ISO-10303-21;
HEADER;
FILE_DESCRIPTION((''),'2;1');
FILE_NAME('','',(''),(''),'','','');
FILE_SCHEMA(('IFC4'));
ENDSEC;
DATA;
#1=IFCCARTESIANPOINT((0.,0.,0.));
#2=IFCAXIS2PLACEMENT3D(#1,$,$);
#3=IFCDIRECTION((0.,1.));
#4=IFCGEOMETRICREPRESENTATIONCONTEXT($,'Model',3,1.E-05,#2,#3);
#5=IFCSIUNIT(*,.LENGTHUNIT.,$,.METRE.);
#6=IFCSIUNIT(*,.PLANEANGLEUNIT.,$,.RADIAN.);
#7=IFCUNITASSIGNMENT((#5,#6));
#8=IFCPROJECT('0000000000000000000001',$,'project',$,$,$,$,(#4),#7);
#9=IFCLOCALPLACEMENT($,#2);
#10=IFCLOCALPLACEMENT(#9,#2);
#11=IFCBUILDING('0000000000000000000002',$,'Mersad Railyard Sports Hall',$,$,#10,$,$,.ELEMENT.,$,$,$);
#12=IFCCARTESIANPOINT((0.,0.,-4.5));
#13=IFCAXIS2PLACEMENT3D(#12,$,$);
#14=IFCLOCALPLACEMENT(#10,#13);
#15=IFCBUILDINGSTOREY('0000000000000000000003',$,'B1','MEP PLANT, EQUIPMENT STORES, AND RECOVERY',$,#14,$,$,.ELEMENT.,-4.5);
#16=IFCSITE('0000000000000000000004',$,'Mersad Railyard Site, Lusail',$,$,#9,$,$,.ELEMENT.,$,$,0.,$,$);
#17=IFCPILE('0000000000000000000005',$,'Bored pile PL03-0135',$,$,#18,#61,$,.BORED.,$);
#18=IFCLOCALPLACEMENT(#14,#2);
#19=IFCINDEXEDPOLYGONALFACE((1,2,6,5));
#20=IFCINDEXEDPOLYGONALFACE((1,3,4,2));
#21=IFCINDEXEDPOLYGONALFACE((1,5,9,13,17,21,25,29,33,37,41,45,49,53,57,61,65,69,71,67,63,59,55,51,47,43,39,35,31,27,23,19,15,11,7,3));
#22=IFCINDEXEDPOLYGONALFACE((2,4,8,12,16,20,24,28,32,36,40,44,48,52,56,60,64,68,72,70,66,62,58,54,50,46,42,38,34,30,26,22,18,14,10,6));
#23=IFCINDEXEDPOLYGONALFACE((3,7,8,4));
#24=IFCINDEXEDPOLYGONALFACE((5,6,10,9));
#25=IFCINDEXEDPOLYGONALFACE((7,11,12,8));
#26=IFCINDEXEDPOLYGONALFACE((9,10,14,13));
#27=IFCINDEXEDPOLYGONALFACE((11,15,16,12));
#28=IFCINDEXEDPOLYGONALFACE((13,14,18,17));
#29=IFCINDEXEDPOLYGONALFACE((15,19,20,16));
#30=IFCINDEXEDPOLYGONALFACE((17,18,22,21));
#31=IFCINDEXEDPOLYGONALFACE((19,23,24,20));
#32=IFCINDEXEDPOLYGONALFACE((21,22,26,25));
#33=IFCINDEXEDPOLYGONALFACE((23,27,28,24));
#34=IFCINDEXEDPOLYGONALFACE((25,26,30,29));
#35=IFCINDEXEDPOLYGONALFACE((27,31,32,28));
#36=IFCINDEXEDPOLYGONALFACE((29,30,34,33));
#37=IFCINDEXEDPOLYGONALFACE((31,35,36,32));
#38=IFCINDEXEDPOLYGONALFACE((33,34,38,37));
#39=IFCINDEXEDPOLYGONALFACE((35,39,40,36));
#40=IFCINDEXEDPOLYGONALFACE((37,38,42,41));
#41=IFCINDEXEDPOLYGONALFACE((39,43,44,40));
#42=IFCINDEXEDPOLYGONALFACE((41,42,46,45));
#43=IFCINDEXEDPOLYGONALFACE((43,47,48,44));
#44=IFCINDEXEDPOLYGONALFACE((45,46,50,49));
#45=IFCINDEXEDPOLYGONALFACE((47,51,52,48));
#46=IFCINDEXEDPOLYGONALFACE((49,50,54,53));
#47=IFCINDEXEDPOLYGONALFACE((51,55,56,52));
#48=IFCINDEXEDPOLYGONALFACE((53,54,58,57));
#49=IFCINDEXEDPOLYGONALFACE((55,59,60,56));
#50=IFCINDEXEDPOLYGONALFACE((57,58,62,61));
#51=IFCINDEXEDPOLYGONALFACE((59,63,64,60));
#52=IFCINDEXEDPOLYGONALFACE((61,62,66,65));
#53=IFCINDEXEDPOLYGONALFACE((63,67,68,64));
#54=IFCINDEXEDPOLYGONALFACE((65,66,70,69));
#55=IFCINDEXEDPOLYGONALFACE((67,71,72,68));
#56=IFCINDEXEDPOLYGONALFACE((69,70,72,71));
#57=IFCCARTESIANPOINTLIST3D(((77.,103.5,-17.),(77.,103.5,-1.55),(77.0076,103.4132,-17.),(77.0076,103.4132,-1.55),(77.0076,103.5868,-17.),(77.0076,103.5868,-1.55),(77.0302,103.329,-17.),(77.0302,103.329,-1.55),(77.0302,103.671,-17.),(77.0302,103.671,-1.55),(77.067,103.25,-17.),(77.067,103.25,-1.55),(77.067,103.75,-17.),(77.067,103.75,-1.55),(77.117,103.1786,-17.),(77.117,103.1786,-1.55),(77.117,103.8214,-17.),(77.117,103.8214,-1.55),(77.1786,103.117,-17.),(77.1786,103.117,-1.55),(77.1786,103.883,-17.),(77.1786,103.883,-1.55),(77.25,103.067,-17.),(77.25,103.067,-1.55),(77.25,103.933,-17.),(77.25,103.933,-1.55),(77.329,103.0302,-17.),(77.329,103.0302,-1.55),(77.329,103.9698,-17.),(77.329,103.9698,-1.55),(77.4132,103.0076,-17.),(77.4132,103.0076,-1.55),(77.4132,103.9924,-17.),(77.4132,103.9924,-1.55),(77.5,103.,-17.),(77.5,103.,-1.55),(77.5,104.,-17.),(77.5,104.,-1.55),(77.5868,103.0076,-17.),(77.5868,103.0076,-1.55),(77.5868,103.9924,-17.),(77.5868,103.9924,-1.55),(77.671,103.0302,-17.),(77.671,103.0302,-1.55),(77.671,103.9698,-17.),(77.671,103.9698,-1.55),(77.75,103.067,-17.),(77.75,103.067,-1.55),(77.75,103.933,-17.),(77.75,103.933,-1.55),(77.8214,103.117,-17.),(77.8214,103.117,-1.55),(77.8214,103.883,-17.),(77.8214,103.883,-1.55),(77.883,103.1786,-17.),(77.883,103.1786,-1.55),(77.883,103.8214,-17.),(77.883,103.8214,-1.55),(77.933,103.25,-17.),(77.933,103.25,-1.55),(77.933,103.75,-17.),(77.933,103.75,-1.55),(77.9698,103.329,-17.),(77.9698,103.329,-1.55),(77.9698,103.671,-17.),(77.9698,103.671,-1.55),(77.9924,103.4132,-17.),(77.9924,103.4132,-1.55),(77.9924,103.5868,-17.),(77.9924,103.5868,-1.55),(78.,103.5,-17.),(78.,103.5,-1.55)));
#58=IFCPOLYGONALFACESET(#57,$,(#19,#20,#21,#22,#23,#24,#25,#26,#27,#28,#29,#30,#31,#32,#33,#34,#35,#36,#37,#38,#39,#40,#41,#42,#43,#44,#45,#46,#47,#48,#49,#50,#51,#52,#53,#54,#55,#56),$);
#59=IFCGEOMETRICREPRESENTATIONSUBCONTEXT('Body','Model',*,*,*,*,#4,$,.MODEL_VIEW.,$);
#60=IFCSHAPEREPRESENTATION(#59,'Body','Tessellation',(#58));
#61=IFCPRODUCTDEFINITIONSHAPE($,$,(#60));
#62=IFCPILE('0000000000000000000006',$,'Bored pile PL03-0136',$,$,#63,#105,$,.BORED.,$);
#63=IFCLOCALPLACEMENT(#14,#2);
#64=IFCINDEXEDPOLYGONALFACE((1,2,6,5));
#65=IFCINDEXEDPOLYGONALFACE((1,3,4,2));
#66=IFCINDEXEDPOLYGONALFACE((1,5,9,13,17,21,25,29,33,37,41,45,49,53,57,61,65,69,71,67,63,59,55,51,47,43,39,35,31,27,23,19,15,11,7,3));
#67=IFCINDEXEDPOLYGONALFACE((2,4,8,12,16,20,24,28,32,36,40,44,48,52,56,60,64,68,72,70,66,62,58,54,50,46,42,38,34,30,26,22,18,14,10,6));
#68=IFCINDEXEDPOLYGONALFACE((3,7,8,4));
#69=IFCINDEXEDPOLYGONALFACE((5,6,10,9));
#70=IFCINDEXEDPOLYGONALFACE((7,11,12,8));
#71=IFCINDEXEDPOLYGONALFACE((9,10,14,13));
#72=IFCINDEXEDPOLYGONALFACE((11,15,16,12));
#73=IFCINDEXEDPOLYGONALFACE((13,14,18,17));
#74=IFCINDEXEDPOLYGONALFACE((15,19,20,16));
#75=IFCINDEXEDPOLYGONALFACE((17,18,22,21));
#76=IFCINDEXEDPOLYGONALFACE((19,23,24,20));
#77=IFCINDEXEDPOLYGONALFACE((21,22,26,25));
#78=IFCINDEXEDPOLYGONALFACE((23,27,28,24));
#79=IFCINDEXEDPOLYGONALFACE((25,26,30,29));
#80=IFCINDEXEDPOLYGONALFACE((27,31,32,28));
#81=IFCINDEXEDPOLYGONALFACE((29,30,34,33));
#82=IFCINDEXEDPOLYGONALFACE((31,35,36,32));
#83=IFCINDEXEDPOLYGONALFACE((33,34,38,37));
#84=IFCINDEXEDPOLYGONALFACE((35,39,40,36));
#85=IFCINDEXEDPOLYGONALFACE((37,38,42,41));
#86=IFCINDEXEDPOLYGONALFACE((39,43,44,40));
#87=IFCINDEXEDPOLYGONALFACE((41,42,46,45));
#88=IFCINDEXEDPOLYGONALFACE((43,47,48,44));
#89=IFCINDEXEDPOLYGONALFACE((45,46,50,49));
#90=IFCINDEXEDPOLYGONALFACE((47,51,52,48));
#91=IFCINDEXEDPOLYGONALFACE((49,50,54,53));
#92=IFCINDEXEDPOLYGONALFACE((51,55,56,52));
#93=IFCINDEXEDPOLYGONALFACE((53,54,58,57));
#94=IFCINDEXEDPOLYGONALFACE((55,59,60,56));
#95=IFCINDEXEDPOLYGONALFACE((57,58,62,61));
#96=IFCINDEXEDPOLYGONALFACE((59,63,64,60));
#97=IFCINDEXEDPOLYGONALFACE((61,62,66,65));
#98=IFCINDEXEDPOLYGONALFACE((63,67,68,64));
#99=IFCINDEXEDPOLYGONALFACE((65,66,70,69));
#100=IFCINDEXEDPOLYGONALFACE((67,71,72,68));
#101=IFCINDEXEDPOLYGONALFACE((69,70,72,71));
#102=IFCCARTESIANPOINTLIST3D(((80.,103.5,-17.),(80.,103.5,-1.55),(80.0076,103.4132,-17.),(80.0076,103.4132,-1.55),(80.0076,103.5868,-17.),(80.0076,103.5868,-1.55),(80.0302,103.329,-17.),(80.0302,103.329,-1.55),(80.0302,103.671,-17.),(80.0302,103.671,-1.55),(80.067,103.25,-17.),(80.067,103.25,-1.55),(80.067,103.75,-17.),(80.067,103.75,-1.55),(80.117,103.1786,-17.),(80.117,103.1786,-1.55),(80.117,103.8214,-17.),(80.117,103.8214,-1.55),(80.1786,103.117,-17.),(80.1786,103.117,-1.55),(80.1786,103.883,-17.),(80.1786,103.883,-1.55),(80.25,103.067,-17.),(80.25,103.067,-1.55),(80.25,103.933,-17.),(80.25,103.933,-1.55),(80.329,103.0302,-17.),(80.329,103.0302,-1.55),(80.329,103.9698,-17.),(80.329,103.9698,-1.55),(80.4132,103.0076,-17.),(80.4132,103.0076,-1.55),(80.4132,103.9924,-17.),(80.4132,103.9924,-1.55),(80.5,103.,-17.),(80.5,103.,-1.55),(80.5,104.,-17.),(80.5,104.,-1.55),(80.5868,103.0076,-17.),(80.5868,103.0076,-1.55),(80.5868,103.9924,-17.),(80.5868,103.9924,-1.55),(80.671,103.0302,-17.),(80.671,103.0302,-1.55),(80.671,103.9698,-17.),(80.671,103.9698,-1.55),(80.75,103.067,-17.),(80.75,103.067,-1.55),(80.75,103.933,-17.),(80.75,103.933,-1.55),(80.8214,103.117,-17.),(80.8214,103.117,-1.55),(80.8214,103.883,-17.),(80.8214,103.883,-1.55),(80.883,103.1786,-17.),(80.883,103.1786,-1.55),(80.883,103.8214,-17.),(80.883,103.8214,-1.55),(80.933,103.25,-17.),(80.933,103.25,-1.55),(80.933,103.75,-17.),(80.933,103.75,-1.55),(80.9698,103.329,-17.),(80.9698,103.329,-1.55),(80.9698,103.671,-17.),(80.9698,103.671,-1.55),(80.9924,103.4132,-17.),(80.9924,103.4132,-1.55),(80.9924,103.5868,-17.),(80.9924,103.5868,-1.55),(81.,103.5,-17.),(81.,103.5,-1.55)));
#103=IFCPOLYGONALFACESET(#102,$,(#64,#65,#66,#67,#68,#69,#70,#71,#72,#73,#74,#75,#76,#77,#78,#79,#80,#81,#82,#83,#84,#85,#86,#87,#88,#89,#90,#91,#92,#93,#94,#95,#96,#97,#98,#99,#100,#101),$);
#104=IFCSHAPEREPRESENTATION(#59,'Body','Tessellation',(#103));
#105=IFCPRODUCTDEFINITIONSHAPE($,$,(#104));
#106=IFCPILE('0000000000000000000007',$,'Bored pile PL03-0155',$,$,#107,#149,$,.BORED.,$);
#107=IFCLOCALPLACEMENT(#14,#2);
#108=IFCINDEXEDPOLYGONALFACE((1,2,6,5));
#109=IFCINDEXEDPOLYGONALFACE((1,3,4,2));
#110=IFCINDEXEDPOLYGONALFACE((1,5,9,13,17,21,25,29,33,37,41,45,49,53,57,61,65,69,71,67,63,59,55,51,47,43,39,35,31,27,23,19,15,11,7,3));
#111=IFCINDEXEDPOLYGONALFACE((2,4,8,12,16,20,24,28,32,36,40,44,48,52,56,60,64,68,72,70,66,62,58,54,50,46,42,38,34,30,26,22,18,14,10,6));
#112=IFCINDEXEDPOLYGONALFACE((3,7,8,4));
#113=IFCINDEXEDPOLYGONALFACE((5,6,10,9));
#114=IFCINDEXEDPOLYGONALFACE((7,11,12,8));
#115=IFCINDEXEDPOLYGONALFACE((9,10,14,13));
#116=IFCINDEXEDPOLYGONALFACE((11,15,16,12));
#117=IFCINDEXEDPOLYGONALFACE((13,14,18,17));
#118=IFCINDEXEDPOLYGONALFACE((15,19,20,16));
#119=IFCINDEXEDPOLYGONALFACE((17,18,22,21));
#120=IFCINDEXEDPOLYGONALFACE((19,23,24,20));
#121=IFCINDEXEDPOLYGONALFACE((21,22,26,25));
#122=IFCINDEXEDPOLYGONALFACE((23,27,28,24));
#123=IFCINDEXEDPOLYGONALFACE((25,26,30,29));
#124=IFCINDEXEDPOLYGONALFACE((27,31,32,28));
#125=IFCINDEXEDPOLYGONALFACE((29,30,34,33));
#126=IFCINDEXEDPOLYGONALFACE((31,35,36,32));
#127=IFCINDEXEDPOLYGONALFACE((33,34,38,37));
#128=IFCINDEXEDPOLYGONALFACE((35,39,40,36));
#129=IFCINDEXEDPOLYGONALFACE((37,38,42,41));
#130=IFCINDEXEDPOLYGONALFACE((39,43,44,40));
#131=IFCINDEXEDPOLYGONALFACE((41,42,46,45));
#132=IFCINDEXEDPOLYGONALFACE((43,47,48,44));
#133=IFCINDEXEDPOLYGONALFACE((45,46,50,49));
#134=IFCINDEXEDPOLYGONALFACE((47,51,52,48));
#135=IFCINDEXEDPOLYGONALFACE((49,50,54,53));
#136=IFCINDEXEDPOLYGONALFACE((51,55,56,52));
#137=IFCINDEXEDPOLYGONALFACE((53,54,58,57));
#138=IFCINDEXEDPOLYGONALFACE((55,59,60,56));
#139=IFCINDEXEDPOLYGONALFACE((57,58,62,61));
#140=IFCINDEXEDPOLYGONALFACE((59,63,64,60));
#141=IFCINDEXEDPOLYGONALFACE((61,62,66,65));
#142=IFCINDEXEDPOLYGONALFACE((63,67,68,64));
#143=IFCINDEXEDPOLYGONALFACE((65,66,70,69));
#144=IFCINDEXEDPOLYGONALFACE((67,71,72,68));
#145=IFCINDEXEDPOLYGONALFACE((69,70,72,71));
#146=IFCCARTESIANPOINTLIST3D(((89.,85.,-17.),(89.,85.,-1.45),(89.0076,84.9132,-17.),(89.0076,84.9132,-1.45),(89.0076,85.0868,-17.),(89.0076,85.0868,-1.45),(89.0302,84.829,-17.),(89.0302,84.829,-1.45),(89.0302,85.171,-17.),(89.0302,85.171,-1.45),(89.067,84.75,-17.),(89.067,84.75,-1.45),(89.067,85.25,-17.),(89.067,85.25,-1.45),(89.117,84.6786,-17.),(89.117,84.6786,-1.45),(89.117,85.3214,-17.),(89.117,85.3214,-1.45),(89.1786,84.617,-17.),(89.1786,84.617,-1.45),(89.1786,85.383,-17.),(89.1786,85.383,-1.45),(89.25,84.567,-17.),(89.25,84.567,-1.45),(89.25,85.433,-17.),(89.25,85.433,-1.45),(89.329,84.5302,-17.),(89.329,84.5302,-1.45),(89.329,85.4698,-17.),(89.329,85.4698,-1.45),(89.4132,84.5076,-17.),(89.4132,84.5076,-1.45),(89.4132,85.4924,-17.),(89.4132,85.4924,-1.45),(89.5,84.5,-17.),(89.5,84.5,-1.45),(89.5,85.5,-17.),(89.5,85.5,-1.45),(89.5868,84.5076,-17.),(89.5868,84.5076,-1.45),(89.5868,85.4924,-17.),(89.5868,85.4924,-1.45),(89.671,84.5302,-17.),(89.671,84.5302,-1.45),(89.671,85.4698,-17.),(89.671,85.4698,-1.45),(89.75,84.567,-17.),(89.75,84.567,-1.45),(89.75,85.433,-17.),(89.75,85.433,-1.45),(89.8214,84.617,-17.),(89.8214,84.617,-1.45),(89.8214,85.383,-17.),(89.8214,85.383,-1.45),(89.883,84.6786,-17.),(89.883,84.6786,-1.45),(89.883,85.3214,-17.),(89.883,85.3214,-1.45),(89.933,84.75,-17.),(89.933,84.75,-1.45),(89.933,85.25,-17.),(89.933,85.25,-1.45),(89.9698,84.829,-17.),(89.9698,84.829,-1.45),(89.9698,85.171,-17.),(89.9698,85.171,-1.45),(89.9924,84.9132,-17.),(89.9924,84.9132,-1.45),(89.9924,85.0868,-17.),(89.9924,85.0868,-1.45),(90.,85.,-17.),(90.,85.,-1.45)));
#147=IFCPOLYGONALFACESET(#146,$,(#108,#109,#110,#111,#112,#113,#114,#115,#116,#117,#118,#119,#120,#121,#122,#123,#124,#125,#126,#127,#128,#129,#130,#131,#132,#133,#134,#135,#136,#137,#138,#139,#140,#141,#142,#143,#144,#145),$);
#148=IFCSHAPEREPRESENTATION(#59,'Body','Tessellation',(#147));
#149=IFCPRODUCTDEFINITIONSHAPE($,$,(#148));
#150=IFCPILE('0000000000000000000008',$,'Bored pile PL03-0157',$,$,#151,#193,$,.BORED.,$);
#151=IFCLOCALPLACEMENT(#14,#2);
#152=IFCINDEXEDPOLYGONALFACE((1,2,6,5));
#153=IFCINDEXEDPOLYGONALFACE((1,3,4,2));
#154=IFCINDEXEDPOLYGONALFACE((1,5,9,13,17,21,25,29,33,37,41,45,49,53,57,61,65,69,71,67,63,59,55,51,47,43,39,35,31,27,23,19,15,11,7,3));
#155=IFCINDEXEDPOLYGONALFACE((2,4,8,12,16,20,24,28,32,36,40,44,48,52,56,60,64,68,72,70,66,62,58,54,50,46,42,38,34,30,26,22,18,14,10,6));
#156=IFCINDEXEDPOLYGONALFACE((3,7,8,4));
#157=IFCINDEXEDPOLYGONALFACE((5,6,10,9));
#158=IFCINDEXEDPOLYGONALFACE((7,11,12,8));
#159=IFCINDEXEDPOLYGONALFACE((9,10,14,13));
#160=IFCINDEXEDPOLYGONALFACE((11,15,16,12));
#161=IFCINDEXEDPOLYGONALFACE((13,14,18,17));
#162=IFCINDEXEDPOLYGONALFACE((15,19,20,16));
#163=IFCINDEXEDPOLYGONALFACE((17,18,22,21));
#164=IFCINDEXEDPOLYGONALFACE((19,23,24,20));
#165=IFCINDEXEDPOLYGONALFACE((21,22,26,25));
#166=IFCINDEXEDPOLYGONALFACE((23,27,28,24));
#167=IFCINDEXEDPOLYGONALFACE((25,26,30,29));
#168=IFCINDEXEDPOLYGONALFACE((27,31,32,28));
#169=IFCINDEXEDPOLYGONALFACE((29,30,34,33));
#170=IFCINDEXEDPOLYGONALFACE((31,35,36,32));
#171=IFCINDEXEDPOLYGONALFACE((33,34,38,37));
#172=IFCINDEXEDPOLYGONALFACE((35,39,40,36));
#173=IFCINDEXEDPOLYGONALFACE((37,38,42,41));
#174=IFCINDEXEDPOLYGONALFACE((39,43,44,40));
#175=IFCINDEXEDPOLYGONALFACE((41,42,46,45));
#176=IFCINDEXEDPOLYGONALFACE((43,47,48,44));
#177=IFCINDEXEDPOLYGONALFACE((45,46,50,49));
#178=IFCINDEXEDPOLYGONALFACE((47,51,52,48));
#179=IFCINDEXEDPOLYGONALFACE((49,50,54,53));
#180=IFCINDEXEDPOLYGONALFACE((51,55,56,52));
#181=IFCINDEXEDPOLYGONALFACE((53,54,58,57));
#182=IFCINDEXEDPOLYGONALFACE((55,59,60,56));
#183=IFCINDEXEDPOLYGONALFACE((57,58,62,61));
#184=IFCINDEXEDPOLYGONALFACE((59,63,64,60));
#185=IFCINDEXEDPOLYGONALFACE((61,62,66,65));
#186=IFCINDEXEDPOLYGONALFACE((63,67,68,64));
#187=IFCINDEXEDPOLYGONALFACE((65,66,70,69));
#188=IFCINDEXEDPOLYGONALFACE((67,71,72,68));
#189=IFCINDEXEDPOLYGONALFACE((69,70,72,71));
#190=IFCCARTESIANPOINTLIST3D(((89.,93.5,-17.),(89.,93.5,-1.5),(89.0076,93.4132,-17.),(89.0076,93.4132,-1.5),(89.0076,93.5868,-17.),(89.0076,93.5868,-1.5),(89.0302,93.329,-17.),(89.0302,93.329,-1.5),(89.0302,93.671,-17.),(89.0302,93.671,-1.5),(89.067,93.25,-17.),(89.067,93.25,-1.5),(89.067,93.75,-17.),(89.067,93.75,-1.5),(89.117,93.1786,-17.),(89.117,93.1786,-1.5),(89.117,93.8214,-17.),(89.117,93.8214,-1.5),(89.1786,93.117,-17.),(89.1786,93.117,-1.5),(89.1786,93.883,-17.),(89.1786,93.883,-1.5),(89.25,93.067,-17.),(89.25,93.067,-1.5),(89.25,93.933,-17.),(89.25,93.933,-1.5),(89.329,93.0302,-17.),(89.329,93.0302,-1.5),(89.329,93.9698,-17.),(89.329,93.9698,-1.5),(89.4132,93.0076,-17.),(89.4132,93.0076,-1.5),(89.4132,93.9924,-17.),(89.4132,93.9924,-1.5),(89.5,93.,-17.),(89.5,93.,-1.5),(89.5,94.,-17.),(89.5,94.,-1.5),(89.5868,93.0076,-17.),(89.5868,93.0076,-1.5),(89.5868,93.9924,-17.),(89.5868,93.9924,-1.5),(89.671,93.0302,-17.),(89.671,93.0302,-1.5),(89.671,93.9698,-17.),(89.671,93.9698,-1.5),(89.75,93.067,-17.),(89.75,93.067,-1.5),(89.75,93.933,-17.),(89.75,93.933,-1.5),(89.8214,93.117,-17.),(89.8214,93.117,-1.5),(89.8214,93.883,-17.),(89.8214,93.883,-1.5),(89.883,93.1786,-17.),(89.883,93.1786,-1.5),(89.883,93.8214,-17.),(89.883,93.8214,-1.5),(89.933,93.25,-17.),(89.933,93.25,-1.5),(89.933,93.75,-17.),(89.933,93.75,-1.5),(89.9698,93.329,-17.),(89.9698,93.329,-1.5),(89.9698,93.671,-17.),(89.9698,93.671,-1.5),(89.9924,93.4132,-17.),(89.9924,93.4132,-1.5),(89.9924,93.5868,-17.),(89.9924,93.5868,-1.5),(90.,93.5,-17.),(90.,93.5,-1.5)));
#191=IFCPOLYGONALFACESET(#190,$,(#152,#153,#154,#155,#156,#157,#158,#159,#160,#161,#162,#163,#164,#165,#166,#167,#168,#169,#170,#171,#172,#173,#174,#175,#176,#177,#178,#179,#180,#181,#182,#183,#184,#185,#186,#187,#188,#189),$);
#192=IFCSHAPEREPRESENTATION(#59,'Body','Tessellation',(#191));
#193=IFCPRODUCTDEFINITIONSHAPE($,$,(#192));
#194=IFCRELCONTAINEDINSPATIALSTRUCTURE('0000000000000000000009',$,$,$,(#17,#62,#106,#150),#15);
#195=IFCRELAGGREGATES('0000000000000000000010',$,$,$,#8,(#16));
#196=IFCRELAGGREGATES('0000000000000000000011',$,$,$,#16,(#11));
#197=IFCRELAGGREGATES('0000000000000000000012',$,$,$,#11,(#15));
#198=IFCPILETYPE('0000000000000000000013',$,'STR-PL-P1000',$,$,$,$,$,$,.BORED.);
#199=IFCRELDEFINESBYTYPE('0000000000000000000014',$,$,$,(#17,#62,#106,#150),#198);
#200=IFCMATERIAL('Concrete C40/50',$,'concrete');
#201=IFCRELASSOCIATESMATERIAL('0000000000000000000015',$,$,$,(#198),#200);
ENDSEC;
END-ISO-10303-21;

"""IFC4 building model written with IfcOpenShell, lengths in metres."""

from ifc_helpers import new_model, si_unit, direction, frame, origin, origin_2d, place, context, subcontext, project, spatial, circle, extrude, material, material_profile, profile_set, type_object, element, save


model = new_model("IFC4")

# Units and contexts
model_context = context("Model", 3, precision=1e-05, world=origin(), true_north=direction((0.0, 1.0)))
body_context = subcontext(model_context, "Body", "Model", "MODEL_VIEW")
ifc_project = project(units=[si_unit("LENGTHUNIT", "METRE"), si_unit("PLANEANGLEUNIT", "RADIAN")], contexts=[model_context])

# Site, building, storey
site_placement = place(None, origin())
site = spatial("IfcSite", under=ifc_project, at=site_placement, Name="Mersad Railyard Site, Lusail", CompositionType="ELEMENT", RefElevation=0.0)
building_placement = place(site_placement, origin())
building = spatial("IfcBuilding", under=site, at=building_placement, Name="Mersad Railyard Sports Hall", CompositionType="ELEMENT")
storey_placement = place(building_placement, frame((0.0, 0.0, -4.5)))
storey = spatial("IfcBuildingStorey", under=building, at=storey_placement, Name="B1", Description="MEP PLANT, EQUIPMENT STORES, AND RECOVERY", CompositionType="ELEMENT", Elevation=-4.5)

# Shared definitions
ifc_material_1 = material(Name="Concrete C40/50", Category="concrete")

# Piles
ifc_material_profile_1 = material_profile(ifc_material_1, circle(Radius=0.5, at=origin_2d()), Name="BORED PILE D1000")
ifc_profile_set_1 = profile_set([ifc_material_profile_1], Name="Concrete C40/50")
pile_type = type_object("IfcPileType", Name="STR-PL-P1000", PredefinedType="BORED", material=ifc_profile_set_1)
for number, where, z_axis, x_axis, name in (
    (1, (77.5, 103.5, -1.55), (0.0, 0.0, -1.0), (1.0, 0.0, 0.0), "Bored pile PL03-0135"),
    (2, (80.5, 103.5, -1.55), (0.0, 0.0, -1.0), (1.0, 0.0, 0.0), "Bored pile PL03-0136"),
):
    element("IfcPile", number, at=place(storey_placement, frame(where, z_axis=z_axis, x_axis=x_axis)), inside=storey, type_object=pile_type, Name=name, PredefinedType="BORED", context=body_context, shape_type="SweptSolid", body=[
        extrude(circle(Radius=0.5, at=origin_2d()), origin(), (0.0, 0.0, 1.0), 15.45),
    ])
pile_1_placement = place(storey_placement, frame((89.5, 85.0, -1.45), z_axis=(0.0, 0.0, -1.0), x_axis=(1.0, 0.0, 0.0)))
element("IfcPile", 3, at=pile_1_placement, inside=storey, type_object=pile_type, Name="Bored pile PL03-0155", PredefinedType="BORED", context=body_context, shape_type="SweptSolid", body=[
    extrude(circle(Radius=0.5, at=origin_2d()), origin(), (0.0, 0.0, 1.0), 15.55),
])
for number, where, z_axis, x_axis, name in (
    (4, (89.5, 93.5, -1.5), (0.0, 0.0, -1.0), (1.0, 0.0, 0.0), "Bored pile PL03-0157"),
):
    element("IfcPile", number, at=place(storey_placement, frame(where, z_axis=z_axis, x_axis=x_axis)), inside=storey, type_object=pile_type, Name=name, PredefinedType="BORED", context=body_context, shape_type="SweptSolid", body=[
        extrude(circle(Radius=0.5, at=origin_2d()), origin(), (0.0, 0.0, 1.0), 15.5),
    ])

save(model, "model.ifc")
